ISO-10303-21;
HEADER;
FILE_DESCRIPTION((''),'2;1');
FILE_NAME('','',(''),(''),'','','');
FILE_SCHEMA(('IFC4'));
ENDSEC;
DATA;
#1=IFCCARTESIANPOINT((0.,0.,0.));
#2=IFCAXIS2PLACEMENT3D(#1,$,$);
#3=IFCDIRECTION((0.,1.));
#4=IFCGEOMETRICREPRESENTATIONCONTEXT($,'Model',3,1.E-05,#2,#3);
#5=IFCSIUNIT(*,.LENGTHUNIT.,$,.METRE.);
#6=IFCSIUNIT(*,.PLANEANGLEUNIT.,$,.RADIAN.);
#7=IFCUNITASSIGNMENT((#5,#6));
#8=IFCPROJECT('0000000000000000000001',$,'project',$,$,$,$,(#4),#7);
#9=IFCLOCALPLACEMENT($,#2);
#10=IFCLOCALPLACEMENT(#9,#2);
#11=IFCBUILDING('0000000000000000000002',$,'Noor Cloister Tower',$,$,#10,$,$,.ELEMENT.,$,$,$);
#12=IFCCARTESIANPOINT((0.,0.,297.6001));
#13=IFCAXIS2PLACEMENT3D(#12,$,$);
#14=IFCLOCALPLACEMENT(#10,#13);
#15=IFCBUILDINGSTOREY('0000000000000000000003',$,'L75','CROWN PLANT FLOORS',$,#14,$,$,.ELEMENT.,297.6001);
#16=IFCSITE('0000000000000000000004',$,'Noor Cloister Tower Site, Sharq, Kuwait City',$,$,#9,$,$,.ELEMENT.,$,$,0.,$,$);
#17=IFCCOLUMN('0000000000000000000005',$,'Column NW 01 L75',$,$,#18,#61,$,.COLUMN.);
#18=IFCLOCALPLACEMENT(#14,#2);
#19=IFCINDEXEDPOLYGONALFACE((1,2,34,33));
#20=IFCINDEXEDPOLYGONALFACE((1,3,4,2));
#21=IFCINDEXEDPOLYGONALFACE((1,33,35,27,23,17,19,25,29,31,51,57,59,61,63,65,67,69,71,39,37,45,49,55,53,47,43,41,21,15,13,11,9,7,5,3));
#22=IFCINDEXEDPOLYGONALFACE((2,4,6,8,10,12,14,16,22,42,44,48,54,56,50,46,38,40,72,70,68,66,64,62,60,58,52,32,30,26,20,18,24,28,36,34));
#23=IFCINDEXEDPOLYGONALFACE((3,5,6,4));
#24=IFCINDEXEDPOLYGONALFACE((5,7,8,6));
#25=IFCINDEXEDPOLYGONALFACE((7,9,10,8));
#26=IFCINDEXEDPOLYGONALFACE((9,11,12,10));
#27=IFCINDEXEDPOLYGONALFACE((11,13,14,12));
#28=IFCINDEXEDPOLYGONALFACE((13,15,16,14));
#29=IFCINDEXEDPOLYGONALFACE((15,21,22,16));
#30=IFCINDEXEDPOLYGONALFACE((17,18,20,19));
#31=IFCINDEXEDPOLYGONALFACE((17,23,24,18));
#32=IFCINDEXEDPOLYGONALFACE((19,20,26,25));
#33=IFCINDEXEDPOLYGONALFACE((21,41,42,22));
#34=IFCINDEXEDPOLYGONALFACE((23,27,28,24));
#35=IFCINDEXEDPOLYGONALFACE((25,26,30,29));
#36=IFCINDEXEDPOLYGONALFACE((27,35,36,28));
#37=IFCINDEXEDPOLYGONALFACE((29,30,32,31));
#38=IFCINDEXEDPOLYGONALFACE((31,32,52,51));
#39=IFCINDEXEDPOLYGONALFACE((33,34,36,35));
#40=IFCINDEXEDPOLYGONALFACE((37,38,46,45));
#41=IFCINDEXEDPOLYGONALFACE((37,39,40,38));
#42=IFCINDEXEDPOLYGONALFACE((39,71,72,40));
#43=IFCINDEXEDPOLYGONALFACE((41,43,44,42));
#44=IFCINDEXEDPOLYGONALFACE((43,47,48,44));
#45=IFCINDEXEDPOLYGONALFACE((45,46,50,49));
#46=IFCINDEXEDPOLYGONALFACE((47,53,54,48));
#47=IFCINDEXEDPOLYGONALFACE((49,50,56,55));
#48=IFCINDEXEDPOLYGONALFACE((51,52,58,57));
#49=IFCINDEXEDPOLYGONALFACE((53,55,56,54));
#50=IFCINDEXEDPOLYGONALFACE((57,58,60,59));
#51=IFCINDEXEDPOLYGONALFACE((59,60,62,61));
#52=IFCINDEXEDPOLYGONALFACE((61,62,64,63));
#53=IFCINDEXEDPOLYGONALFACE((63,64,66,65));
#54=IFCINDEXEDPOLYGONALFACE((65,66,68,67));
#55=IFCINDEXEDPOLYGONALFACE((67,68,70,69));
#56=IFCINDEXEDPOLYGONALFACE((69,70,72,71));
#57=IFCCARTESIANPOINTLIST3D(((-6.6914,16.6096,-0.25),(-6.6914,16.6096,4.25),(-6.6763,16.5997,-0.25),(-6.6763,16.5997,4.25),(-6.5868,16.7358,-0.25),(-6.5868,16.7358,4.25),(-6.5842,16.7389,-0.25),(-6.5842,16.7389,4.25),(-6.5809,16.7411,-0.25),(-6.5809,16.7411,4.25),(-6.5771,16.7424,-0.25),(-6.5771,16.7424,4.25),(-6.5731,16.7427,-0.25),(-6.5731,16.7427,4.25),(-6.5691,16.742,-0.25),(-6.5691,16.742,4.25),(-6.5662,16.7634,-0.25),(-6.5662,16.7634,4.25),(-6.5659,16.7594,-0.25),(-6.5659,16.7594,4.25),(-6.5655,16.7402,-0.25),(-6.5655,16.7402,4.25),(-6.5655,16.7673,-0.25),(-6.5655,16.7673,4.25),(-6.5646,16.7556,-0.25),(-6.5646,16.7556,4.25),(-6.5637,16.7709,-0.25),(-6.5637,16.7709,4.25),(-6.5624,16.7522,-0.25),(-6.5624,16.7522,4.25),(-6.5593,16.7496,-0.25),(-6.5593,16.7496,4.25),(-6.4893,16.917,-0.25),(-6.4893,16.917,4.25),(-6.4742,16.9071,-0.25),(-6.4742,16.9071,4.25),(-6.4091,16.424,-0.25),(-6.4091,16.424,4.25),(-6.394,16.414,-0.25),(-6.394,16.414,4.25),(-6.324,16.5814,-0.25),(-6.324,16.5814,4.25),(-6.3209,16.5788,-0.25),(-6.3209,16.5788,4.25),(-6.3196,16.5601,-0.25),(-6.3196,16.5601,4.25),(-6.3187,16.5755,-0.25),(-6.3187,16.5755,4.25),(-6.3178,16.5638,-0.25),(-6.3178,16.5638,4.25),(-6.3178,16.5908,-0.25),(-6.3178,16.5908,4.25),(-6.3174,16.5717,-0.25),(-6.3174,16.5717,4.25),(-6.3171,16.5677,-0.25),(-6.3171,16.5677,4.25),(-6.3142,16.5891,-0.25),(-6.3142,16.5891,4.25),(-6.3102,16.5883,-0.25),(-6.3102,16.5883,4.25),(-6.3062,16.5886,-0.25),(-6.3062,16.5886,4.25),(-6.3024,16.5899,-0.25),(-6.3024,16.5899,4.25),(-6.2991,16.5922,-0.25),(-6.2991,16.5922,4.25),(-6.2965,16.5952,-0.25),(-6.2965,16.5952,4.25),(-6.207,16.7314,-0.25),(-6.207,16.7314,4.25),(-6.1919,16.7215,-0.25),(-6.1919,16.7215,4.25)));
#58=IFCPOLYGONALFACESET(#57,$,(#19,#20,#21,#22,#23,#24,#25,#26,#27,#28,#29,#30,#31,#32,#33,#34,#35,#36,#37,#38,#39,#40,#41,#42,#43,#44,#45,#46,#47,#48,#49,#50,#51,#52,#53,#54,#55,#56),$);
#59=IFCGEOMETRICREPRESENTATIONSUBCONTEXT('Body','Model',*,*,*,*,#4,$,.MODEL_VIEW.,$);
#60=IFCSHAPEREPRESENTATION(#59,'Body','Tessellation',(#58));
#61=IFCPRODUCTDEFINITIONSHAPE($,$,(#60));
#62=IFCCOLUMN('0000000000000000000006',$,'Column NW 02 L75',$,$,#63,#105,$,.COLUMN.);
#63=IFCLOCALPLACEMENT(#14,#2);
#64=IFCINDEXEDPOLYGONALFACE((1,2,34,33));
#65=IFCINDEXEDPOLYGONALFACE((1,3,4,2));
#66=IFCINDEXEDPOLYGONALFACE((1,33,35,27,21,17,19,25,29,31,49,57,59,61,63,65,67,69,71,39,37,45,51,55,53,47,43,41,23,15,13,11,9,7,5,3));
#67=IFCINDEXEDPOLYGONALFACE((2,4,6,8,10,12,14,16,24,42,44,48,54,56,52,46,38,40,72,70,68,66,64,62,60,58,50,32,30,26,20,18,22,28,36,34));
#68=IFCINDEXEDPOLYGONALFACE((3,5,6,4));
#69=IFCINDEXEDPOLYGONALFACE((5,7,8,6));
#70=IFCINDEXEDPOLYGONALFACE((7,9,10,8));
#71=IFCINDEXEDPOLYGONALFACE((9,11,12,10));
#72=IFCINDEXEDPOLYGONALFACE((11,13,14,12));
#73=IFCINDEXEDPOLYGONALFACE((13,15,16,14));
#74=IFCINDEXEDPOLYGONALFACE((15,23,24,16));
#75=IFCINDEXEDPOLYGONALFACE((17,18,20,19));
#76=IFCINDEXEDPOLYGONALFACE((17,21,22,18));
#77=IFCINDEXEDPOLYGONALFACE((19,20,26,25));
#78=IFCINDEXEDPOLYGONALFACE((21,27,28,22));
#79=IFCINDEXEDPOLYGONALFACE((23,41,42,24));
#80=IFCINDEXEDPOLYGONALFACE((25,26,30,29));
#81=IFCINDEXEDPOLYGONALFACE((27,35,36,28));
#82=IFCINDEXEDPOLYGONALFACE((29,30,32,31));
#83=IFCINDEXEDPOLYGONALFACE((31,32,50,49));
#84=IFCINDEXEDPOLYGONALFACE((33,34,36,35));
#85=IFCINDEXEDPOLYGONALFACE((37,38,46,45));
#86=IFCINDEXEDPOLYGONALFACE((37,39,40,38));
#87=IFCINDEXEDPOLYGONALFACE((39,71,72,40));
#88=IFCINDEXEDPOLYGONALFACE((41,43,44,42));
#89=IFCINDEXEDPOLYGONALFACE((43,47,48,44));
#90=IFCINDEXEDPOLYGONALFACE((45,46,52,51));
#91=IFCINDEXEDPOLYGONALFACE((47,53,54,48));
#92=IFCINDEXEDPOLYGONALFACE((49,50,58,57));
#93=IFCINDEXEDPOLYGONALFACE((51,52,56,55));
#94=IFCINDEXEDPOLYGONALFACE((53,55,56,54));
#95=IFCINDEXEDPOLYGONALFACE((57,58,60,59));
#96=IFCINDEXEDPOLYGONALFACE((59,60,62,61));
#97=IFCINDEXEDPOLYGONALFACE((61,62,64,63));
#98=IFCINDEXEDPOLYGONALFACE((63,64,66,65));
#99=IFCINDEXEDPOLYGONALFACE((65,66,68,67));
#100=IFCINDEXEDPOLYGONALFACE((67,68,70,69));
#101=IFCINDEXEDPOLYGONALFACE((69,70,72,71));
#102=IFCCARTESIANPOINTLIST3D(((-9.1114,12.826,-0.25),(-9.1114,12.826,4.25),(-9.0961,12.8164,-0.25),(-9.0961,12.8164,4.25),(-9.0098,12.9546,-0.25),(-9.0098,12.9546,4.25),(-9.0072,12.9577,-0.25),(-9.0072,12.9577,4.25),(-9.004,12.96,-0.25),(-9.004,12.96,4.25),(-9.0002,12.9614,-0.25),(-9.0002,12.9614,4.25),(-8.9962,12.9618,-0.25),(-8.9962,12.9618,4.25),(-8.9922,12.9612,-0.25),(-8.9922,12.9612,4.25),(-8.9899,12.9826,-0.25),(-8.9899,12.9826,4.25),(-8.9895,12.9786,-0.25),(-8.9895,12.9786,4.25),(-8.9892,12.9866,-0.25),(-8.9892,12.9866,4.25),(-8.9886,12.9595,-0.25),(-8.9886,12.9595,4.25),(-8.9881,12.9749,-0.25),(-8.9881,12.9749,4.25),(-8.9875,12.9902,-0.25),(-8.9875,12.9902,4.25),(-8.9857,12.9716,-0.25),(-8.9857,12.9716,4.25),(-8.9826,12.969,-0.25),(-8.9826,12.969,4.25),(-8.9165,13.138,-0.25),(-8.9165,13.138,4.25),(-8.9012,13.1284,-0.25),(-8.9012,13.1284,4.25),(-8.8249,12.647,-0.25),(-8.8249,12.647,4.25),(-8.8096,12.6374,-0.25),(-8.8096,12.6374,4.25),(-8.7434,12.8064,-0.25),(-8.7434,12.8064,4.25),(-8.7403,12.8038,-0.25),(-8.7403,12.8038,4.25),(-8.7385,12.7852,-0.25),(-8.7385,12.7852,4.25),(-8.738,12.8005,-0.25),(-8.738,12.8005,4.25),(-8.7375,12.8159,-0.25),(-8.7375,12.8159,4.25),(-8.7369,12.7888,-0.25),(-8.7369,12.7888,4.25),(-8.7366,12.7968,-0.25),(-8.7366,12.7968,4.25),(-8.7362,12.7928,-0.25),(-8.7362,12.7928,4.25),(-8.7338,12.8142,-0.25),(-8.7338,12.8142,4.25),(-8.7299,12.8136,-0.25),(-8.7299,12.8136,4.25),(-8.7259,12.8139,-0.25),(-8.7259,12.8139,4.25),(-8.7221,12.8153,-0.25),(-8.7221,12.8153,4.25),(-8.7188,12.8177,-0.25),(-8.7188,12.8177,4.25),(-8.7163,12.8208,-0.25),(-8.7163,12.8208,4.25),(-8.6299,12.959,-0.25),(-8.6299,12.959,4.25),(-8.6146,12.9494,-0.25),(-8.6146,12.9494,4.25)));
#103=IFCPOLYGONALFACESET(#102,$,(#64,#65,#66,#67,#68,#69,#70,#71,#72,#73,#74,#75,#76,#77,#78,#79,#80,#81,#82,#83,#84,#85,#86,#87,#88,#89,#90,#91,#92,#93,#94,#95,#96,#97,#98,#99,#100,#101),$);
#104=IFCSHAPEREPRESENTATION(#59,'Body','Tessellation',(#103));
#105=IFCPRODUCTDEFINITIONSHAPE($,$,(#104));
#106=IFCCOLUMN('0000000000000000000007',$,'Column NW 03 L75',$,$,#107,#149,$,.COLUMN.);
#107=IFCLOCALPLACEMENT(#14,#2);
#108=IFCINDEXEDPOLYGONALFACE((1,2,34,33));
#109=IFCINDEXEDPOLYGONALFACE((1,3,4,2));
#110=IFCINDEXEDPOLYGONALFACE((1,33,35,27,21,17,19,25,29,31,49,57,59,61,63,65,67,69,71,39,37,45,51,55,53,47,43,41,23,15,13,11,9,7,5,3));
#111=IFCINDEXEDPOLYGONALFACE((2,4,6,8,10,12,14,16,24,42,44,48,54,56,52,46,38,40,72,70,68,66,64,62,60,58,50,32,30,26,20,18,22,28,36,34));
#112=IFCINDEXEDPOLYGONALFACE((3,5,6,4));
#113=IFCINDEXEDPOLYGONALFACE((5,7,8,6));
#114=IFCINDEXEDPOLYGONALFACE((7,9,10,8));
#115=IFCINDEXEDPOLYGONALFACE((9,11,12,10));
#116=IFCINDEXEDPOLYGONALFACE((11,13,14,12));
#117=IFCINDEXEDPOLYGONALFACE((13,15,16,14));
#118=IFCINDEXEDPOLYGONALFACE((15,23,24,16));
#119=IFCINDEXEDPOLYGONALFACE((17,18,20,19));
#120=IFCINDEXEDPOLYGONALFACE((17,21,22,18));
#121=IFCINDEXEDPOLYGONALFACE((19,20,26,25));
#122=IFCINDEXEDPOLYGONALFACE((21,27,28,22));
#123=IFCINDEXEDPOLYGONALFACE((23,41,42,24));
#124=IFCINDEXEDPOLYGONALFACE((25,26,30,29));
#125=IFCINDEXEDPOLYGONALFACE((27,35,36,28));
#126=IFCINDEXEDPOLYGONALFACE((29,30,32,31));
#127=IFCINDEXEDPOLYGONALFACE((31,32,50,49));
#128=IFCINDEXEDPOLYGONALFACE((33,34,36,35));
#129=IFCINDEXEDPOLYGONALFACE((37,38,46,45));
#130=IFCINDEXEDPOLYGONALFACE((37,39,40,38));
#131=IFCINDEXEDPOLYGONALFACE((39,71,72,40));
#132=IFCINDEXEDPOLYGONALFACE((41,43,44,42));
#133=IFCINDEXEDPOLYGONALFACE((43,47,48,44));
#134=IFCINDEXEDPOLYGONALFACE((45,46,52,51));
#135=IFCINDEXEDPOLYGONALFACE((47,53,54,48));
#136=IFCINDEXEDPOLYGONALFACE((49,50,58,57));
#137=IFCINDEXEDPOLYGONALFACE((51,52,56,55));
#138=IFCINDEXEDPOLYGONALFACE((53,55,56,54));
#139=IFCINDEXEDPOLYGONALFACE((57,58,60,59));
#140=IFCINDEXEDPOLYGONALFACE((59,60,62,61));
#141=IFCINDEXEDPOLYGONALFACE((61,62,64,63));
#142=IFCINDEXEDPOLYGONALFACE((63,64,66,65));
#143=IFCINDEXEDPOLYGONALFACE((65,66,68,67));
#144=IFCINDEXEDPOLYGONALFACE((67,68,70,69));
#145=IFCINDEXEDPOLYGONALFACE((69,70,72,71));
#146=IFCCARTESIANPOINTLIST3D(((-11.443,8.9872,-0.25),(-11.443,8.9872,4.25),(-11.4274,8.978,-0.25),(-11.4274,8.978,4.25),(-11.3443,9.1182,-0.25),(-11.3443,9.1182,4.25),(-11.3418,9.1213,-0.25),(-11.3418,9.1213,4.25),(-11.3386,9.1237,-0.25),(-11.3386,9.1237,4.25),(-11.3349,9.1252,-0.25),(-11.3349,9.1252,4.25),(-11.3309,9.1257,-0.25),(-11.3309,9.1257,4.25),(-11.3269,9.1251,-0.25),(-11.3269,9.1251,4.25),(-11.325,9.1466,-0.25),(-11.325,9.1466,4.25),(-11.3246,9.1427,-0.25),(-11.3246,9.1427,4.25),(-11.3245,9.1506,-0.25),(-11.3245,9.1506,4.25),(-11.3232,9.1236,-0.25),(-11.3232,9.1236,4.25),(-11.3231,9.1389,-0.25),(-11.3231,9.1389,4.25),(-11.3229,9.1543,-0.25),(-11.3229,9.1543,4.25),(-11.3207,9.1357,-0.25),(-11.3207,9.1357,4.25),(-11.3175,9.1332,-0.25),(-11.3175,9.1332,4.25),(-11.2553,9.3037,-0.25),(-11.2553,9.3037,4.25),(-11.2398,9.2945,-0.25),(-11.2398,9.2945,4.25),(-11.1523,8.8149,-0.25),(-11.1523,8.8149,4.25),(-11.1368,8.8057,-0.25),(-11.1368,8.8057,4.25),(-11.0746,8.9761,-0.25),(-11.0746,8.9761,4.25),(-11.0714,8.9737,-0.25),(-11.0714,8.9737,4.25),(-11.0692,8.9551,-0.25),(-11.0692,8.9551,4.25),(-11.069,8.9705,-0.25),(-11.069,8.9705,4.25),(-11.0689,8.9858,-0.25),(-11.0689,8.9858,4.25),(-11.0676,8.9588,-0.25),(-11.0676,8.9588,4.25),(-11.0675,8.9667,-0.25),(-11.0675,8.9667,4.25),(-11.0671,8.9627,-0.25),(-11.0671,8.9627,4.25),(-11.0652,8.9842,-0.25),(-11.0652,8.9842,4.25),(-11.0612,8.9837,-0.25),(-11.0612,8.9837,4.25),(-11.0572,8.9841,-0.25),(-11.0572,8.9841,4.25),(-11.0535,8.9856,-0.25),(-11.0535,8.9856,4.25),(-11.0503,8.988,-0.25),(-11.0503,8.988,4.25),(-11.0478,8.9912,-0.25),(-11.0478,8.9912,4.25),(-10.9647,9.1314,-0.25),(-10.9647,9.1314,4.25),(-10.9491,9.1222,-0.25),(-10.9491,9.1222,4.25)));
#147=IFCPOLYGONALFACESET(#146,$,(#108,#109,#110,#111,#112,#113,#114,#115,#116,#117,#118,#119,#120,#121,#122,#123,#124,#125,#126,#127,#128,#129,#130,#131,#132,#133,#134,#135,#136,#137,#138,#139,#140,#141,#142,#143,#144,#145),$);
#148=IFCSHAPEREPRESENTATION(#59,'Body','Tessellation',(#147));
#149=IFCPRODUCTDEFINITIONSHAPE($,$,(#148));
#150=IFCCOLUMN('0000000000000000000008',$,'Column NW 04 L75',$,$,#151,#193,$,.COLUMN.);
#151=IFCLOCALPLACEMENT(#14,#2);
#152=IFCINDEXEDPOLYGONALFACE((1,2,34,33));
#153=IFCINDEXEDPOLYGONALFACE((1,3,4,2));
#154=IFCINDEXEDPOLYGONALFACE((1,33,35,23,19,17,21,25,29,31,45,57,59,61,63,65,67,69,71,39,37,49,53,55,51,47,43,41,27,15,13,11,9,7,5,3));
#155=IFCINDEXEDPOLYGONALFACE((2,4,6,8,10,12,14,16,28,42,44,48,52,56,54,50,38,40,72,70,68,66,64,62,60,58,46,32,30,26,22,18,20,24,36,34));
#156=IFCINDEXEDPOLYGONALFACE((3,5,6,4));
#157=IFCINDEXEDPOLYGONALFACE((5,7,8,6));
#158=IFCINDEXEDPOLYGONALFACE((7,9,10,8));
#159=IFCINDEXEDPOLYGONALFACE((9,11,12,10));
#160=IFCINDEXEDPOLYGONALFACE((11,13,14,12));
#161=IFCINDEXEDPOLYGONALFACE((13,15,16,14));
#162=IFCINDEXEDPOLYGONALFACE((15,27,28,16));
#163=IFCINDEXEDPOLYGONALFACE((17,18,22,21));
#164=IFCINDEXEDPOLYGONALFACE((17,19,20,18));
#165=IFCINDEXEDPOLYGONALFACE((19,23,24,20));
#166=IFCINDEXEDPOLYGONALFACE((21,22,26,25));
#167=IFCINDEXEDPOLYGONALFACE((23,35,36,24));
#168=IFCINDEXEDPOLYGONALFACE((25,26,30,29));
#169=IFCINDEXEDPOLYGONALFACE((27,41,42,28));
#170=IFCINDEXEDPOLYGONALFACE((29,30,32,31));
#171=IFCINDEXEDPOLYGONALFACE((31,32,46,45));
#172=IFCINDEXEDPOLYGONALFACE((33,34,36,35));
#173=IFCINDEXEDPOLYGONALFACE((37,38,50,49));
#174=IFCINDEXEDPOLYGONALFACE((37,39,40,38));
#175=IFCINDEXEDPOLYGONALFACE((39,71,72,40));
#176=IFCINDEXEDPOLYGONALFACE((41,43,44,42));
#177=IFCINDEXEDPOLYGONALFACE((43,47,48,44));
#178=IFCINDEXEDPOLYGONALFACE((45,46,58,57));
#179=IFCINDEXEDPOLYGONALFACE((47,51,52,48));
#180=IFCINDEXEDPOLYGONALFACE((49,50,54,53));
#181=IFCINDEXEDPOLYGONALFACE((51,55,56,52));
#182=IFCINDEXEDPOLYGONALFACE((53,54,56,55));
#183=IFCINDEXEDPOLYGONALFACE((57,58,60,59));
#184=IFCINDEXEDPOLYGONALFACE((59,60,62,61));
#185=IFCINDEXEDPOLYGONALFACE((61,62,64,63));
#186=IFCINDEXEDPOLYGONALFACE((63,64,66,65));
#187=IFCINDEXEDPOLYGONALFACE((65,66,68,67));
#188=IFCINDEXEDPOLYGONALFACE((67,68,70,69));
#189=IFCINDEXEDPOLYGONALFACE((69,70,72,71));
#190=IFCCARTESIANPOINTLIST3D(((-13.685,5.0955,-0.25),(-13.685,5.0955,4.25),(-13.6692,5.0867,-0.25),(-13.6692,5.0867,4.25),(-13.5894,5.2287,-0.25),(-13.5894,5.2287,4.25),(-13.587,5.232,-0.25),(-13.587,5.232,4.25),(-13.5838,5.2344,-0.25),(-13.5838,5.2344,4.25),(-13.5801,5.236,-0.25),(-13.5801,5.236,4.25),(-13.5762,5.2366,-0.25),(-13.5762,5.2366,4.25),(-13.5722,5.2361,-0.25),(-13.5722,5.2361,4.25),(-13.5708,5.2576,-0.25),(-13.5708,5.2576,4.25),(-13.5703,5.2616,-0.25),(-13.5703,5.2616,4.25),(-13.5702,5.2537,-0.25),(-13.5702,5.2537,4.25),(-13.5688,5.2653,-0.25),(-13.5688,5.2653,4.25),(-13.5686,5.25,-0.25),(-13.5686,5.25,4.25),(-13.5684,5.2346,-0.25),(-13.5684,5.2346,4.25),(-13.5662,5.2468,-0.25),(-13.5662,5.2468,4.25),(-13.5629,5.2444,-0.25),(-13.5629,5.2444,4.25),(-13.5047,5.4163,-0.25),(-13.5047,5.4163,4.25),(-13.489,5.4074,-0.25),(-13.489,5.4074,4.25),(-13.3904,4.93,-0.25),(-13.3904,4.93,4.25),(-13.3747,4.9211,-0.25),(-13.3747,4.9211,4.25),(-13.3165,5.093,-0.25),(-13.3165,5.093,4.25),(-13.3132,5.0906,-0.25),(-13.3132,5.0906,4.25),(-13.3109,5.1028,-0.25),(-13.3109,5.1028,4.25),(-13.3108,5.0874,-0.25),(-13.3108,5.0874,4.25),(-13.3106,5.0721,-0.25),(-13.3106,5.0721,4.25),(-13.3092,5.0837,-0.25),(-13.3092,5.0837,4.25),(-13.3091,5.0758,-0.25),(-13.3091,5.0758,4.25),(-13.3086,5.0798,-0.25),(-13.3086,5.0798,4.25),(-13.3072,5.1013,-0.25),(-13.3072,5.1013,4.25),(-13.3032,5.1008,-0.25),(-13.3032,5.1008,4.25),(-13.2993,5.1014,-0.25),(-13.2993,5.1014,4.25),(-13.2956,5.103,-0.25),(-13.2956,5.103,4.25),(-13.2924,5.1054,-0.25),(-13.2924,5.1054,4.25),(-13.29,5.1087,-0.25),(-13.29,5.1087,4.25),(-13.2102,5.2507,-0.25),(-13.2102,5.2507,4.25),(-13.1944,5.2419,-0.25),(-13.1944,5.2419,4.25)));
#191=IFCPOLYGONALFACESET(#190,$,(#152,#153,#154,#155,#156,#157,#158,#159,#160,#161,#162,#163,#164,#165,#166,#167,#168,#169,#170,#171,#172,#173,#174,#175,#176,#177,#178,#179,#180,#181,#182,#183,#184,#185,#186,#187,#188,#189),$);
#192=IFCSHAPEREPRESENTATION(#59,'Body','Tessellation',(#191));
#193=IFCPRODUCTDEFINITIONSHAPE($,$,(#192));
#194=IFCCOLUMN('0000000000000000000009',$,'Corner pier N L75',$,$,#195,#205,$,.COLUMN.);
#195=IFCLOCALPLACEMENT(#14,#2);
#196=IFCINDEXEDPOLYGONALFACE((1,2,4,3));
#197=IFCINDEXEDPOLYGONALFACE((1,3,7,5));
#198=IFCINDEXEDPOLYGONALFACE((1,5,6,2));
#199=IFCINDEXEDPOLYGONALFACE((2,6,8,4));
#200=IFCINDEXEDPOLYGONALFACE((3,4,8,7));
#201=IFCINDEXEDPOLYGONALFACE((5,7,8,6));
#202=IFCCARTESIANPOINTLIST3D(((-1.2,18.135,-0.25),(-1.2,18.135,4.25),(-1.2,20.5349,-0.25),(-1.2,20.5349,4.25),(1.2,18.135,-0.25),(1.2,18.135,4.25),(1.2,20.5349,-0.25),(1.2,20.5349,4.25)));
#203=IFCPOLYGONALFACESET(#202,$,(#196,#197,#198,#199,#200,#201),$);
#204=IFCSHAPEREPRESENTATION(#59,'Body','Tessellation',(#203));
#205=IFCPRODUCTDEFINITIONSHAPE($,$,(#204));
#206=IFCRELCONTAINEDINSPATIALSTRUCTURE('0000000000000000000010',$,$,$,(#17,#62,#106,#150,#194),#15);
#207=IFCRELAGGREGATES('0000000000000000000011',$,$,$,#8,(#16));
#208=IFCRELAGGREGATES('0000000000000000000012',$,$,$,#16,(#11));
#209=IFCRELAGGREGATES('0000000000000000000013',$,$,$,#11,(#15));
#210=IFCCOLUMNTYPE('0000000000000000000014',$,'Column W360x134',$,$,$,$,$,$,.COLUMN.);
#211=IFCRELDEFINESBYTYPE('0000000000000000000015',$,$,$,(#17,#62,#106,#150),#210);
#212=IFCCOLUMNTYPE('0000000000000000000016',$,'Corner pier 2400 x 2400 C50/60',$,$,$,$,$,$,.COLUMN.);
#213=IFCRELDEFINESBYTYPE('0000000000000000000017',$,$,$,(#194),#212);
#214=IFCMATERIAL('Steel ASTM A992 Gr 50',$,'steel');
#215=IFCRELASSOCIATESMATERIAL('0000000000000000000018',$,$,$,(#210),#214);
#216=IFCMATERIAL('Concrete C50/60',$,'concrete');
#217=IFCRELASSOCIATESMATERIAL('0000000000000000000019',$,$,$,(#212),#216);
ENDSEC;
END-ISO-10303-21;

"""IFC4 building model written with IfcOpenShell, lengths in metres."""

from ifc_helpers import new_model, si_unit, direction, frame, origin, origin_2d, place, context, subcontext, project, spatial, rectangle, i_section, extrude, material, material_profile, profile_set, type_object, element, save


model = new_model("IFC4")

# Units and contexts
model_context = context("Model", 3, precision=1e-05, world=origin(), true_north=direction((0.0, 1.0)))
body_context = subcontext(model_context, "Body", "Model", "MODEL_VIEW")
ifc_project = project(units=[si_unit("LENGTHUNIT", "METRE"), si_unit("PLANEANGLEUNIT", "RADIAN")], contexts=[model_context])

# Site, building, storey
site_placement = place(None, origin())
site = spatial("IfcSite", under=ifc_project, at=site_placement, Name="Noor Cloister Tower Site, Sharq, Kuwait City", CompositionType="ELEMENT", RefElevation=0.0)
building_placement = place(site_placement, origin())
building = spatial("IfcBuilding", under=site, at=building_placement, Name="Noor Cloister Tower", CompositionType="ELEMENT")
storey_placement = place(building_placement, frame((0.0, 0.0, 297.6001)))
storey = spatial("IfcBuildingStorey", under=building, at=storey_placement, Name="L75", Description="CROWN PLANT FLOORS", CompositionType="ELEMENT", Elevation=297.6001)

# Columns
ifc_material_1 = material(Name="Steel ASTM A992 Gr 50", Category="steel")
ifc_material_profile_1 = material_profile(ifc_material_1, i_section(OverallWidth=0.3679, OverallDepth=0.356, WebThickness=0.0112, FlangeThickness=0.0181, FilletRadius=0.0154, at=origin_2d()), Name="W360x134")
ifc_profile_set_1 = profile_set([ifc_material_profile_1], Name="Steel ASTM A992 Gr 50")
column_type_1 = type_object("IfcColumnType", Name="Column W360x134", PredefinedType="COLUMN", material=ifc_profile_set_1)
for number, where, z_axis, x_axis, name in (
    (1, (-6.4417, 16.6655, -0.25), (0.0, 0.0, 1.0), (-0.549345, -0.835596, 0.0), "Column NW 01 L75"),
    (2, (-8.863, 12.8877, -0.25), (0.0, 0.0, 1.0), (-0.529819, -0.848111, 0.0), "Column NW 02 L75"),
    (3, (-11.196, 9.0547, -0.25), (0.0, 0.0, 1.0), (-0.510009, -0.860169, 0.0), "Column NW 03 L75"),
    (4, (-13.4397, 5.1687, -0.25), (0.0, 0.0, 1.0), (-0.489924, -0.871765, 0.0), "Column NW 04 L75"),
):
    element("IfcColumn", number, at=place(storey_placement, frame(where, z_axis=z_axis, x_axis=x_axis)), inside=storey, type_object=column_type_1, Name=name, PredefinedType="COLUMN", context=body_context, shape_type="SweptSolid", body=[
        extrude(i_section(OverallWidth=0.3679, OverallDepth=0.356, WebThickness=0.0112, FlangeThickness=0.0181, FilletRadius=0.0154, at=origin_2d()), origin(), (0.0, 0.0, 1.0), 4.5),
    ])
ifc_material_2 = material(Name="Concrete C50/60", Category="concrete")
ifc_material_profile_2 = material_profile(ifc_material_2, rectangle(XDim=2.3999, YDim=2.3999, at=origin_2d()), Name="RC 2400x2400")
ifc_profile_set_2 = profile_set([ifc_material_profile_2], Name="Concrete C50/60")
column_type_2 = type_object("IfcColumnType", Name="Corner pier 2400 x 2400 C50/60", PredefinedType="COLUMN", material=ifc_profile_set_2)
column_placement = place(storey_placement, frame((0.0, 19.335, -0.25), z_axis=(0.0, 0.0, 1.0), x_axis=(0.0, 1.0, 0.0)))
element("IfcColumn", 5, at=column_placement, inside=storey, type_object=column_type_2, Name="Corner pier N L75", PredefinedType="COLUMN", context=body_context, shape_type="SweptSolid", body=[
    extrude(rectangle(XDim=2.3999, YDim=2.3999, at=origin_2d()), origin(), (0.0, 0.0, 1.0), 4.5),
])

save(model, "model.ifc")
